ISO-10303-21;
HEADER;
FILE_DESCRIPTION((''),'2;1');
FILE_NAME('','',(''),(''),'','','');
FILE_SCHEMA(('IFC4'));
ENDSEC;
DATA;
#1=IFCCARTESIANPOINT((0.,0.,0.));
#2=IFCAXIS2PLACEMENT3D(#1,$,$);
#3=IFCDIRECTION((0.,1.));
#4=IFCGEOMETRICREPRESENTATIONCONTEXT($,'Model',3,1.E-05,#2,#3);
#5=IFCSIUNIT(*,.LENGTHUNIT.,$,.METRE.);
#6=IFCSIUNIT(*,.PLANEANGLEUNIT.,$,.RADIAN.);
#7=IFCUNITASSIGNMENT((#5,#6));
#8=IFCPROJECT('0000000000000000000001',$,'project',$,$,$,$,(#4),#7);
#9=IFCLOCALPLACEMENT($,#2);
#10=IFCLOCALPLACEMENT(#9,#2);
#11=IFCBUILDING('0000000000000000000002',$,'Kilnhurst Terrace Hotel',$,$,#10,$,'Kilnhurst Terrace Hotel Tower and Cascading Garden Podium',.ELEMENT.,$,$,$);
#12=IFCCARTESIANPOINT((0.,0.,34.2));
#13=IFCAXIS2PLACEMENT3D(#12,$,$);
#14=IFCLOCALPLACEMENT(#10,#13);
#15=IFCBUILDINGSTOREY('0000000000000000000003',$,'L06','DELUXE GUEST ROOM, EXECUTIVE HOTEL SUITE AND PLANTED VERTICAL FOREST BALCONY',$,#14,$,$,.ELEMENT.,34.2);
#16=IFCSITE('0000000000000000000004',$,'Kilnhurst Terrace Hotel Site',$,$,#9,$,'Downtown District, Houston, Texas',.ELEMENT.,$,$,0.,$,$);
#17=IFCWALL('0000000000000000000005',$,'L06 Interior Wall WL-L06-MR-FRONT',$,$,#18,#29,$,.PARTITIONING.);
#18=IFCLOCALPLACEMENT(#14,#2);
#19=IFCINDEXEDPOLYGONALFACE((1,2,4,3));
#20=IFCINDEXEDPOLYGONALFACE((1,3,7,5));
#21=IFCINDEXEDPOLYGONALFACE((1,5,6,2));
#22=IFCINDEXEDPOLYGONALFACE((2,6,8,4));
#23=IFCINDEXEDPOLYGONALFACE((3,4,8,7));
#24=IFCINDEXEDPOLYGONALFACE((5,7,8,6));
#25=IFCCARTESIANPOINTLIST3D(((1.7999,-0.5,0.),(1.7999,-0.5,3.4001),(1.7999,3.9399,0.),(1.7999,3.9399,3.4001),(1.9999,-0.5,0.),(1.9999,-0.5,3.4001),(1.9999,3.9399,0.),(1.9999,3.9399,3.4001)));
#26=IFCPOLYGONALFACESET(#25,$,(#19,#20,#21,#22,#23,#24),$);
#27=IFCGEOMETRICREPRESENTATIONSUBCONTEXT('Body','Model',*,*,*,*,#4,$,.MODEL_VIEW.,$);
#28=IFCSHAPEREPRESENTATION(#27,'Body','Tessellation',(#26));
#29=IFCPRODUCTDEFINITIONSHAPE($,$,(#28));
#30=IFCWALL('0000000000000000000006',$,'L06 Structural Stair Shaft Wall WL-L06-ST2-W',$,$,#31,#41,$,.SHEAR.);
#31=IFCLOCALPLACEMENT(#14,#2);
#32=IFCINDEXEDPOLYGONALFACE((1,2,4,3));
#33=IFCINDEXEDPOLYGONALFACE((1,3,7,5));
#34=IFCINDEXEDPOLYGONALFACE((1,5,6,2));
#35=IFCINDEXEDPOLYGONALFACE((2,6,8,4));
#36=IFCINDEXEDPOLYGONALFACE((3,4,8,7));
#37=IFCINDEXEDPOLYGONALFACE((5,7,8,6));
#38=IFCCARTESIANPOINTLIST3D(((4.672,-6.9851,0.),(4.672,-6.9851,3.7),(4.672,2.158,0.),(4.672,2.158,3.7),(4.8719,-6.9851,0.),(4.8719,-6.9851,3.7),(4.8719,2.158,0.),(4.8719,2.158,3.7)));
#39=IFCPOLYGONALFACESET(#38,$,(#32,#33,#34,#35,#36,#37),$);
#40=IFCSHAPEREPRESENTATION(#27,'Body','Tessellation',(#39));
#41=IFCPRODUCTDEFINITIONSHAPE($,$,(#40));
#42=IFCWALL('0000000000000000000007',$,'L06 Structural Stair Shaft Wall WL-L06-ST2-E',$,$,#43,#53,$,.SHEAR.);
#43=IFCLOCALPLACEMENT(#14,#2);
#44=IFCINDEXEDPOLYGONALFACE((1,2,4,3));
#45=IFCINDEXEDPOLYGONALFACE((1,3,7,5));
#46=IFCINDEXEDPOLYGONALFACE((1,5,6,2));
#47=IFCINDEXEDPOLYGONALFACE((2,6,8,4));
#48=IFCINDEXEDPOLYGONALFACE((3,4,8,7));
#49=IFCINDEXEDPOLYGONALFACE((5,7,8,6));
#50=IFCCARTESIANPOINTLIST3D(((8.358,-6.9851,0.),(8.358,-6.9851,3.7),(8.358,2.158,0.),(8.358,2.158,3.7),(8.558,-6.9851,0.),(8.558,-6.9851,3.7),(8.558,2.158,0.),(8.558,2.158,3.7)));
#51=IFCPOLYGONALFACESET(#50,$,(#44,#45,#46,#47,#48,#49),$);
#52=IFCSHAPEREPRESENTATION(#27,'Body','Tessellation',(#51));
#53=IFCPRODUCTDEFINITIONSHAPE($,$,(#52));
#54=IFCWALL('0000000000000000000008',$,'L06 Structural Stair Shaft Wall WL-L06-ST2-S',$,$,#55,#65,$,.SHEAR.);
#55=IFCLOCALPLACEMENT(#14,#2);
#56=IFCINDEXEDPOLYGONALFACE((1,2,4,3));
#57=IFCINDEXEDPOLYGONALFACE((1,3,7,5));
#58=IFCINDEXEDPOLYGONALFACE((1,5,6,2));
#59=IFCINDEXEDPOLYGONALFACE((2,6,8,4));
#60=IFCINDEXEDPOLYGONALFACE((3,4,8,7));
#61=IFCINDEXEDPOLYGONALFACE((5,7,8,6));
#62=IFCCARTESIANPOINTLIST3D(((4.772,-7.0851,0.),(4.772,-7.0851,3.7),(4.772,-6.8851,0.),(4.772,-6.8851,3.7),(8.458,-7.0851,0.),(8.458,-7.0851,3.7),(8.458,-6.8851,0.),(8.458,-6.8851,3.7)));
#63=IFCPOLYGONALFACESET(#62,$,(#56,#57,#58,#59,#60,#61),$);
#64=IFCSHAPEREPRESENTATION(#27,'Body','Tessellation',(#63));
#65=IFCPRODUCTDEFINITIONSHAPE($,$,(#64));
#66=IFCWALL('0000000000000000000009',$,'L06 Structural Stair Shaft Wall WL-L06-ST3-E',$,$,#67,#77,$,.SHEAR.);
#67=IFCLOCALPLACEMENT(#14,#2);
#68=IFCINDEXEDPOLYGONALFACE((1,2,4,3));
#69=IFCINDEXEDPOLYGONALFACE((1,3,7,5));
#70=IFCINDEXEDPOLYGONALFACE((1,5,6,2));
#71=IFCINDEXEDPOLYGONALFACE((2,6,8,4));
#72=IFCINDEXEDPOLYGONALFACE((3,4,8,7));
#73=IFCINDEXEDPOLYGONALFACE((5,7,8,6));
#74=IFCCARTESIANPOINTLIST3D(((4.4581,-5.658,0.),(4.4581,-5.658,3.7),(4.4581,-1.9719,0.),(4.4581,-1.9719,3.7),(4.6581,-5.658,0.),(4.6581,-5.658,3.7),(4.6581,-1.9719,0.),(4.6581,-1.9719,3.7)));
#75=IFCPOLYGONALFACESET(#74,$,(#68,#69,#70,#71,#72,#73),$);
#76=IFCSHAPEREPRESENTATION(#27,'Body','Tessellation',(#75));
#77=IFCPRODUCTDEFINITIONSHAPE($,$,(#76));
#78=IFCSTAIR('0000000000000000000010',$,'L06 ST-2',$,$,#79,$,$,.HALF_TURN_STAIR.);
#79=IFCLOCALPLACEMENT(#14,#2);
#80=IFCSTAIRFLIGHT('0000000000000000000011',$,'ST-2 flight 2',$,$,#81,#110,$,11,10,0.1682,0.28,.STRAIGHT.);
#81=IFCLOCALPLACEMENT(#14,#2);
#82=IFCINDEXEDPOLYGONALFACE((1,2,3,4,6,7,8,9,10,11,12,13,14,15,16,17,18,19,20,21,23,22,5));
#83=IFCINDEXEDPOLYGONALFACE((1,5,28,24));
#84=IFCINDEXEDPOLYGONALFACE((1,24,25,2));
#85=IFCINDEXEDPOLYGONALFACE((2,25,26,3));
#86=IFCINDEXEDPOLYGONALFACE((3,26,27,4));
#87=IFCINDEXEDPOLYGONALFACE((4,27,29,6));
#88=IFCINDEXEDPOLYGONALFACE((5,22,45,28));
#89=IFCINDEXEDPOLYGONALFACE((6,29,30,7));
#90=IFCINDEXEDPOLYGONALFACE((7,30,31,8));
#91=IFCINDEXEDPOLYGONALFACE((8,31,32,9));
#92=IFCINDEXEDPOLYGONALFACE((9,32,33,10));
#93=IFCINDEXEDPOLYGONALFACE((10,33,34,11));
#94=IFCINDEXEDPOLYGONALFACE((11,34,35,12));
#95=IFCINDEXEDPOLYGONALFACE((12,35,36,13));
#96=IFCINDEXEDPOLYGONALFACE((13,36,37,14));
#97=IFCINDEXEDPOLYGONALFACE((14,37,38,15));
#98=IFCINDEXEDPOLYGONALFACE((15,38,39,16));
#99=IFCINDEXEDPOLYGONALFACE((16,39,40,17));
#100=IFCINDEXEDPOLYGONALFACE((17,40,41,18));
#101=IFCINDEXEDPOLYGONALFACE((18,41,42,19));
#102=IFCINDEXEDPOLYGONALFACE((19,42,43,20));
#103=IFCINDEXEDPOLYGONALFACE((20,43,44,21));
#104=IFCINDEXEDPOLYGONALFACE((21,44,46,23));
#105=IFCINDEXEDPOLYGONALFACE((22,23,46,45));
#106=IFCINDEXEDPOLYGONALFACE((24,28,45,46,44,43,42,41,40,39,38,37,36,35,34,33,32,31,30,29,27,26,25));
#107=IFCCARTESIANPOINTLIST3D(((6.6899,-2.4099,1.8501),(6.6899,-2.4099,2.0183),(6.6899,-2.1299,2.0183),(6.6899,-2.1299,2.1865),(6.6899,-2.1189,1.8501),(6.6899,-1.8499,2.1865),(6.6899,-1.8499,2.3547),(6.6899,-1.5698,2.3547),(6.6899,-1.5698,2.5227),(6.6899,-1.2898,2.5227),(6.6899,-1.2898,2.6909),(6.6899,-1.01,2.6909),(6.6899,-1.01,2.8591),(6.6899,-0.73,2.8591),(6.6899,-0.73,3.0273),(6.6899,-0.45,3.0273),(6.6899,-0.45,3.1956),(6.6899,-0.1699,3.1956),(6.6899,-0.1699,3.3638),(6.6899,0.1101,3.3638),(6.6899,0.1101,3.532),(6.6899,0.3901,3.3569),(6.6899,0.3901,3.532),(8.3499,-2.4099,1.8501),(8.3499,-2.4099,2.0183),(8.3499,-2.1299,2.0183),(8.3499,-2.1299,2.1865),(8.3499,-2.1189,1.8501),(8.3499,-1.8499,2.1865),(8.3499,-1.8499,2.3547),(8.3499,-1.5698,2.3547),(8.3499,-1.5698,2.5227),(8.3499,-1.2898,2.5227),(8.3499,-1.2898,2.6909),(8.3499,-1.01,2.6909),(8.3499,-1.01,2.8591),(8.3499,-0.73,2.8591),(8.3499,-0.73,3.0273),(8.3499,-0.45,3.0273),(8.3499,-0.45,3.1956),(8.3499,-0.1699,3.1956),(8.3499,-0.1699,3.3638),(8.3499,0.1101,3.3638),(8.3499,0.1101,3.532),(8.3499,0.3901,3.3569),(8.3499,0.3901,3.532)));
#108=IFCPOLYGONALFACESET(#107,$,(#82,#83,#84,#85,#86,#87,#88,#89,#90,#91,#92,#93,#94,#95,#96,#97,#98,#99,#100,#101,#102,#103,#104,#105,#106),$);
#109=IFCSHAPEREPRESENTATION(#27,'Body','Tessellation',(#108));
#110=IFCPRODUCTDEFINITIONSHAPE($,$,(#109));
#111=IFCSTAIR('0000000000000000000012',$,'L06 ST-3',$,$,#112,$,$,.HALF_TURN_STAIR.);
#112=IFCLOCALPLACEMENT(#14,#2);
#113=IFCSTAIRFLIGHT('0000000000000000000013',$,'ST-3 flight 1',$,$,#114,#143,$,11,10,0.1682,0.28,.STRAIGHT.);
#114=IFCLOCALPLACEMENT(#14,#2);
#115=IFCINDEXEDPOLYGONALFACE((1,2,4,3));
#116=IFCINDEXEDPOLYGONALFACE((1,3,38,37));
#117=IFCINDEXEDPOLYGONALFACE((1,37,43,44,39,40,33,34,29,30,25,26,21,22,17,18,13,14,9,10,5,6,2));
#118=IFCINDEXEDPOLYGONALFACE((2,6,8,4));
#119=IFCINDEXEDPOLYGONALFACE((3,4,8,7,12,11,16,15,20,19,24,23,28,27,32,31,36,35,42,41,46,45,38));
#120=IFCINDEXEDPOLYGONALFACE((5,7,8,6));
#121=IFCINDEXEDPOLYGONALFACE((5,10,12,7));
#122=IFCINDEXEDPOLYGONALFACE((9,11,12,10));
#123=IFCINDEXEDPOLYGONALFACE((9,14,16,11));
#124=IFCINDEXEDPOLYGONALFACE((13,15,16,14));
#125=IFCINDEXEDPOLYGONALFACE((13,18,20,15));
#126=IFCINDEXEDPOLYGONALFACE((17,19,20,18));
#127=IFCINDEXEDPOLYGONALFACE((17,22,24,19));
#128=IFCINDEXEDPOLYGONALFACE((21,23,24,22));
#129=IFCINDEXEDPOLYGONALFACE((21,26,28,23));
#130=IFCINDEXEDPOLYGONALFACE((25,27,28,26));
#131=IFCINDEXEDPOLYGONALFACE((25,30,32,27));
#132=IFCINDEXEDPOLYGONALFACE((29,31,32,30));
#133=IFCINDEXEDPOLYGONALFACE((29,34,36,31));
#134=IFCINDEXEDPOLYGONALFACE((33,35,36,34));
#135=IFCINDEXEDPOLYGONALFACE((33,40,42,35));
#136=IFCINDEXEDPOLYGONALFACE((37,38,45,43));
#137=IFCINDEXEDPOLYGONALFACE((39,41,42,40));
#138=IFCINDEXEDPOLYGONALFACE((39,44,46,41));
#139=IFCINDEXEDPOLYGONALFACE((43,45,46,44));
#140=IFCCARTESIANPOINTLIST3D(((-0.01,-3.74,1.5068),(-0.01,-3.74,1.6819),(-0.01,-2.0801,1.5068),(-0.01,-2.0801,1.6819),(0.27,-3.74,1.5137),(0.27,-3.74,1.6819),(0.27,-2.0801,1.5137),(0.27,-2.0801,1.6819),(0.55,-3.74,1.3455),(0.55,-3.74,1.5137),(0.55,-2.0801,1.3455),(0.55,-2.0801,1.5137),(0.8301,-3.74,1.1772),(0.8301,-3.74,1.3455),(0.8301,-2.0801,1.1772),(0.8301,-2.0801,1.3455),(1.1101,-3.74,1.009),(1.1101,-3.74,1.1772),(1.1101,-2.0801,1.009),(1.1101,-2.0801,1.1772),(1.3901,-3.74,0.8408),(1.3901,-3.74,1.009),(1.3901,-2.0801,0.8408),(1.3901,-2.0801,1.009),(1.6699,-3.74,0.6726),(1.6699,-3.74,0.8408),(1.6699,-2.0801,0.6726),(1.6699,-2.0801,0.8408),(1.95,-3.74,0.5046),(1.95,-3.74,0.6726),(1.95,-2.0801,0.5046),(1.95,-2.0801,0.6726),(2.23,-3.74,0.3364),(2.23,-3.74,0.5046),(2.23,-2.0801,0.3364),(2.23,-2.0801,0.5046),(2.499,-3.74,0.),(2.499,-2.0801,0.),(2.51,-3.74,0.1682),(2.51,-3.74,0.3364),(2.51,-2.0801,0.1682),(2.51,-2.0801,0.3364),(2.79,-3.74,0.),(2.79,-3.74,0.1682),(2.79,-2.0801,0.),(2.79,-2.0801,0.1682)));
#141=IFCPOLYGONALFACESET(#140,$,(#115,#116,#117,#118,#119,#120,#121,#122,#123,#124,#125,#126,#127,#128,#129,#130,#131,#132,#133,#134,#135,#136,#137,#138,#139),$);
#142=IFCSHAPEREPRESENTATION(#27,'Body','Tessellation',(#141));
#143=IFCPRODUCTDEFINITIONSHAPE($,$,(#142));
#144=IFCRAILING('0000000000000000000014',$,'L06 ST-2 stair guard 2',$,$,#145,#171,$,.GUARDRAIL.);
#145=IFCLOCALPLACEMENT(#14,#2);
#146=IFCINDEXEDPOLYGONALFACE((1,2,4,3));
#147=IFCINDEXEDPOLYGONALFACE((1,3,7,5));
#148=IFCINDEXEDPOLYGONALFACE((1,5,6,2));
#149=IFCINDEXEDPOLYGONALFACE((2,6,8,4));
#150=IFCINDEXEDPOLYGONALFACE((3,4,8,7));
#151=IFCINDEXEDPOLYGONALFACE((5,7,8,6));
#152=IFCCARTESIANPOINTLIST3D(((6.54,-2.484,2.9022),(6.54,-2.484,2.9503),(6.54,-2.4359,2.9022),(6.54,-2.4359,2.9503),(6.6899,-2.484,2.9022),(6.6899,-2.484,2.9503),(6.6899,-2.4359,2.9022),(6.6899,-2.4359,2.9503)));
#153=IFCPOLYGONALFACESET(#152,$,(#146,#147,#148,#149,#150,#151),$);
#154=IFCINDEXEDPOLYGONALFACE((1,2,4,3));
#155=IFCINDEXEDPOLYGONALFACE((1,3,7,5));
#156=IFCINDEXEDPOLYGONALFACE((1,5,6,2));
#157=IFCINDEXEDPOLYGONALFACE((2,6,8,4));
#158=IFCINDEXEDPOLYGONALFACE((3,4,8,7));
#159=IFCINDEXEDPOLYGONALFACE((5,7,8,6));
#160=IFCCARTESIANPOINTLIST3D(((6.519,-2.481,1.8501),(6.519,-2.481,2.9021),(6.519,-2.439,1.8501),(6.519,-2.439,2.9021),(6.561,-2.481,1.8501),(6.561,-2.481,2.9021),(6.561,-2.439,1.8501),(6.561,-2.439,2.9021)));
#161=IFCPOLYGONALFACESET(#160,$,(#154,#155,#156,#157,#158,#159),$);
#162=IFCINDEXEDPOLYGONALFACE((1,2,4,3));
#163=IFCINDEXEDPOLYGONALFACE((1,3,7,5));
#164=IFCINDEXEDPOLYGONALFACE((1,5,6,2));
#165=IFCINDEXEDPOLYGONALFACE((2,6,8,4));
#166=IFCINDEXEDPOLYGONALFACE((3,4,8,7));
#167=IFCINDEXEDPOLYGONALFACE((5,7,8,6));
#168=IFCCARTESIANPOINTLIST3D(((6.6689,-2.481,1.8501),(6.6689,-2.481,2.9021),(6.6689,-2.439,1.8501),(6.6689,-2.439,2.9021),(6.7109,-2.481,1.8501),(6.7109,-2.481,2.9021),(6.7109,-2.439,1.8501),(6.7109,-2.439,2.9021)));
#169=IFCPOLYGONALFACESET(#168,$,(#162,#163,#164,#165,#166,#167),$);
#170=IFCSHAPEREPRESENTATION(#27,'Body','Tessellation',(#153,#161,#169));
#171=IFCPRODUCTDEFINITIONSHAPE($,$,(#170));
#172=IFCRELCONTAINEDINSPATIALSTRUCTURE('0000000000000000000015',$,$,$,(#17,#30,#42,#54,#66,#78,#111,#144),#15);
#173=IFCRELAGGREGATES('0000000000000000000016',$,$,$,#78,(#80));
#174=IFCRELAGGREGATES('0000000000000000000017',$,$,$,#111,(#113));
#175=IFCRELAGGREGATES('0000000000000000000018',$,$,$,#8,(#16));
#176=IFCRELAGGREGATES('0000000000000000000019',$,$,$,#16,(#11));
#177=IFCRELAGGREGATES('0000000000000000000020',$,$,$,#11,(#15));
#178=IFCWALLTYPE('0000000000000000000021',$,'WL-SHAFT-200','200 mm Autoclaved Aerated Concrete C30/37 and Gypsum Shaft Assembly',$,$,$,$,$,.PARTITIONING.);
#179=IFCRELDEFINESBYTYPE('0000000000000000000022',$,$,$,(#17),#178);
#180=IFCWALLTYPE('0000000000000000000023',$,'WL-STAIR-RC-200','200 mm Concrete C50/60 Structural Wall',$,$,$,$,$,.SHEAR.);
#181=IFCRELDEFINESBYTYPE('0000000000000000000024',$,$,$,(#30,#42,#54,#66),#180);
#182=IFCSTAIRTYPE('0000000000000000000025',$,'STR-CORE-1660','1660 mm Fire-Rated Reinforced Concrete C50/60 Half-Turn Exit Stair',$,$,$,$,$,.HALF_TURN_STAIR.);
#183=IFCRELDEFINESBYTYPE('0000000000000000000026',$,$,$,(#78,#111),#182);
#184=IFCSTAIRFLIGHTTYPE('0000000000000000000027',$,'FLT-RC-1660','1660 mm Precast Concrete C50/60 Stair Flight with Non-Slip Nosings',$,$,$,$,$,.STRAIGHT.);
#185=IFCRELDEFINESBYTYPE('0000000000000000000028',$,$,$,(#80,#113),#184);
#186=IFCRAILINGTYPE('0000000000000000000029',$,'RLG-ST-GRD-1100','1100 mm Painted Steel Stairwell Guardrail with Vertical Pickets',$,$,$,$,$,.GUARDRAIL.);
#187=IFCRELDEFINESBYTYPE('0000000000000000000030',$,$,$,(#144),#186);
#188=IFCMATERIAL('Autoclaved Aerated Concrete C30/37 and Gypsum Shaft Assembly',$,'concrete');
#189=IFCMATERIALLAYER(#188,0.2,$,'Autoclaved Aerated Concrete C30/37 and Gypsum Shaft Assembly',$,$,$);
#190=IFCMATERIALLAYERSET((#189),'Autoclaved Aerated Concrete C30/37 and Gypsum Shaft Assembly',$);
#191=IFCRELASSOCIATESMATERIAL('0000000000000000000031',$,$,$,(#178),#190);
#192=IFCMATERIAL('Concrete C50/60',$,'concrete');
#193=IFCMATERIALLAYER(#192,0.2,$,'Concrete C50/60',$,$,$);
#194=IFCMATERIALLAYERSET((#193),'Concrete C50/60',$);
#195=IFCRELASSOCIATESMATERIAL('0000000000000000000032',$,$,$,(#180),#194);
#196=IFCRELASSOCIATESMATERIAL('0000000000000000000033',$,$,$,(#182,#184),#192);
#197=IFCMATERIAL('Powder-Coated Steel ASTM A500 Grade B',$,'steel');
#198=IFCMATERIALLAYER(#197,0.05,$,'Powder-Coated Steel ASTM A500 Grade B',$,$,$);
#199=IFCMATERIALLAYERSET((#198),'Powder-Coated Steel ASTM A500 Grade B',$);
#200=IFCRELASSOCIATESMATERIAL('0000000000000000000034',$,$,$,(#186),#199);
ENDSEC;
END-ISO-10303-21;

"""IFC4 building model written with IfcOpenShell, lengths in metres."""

from ifc_helpers import new_model, si_unit, direction, frame, frame_2d, origin, origin_2d, place, context, subcontext, project, spatial, polyline, rectangle, outline, extrude, material, layer, layer_set, type_object, element, aggregate, save


model = new_model("IFC4")

# Units and contexts
model_context = context("Model", 3, precision=1e-05, world=origin(), true_north=direction((0.0, 1.0)))
body_context = subcontext(model_context, "Body", "Model", "MODEL_VIEW")
ifc_project = project(units=[si_unit("LENGTHUNIT", "METRE"), si_unit("PLANEANGLEUNIT", "RADIAN")], contexts=[model_context])

# Site, building, storey
site_placement = place(None, origin())
site = spatial("IfcSite", under=ifc_project, at=site_placement, Name="Kilnhurst Terrace Hotel Site", LongName="Downtown District, Houston, Texas", CompositionType="ELEMENT", RefElevation=0.0)
building_placement = place(site_placement, origin())
building = spatial("IfcBuilding", under=site, at=building_placement, Name="Kilnhurst Terrace Hotel", LongName="Kilnhurst Terrace Hotel Tower and Cascading Garden Podium", CompositionType="ELEMENT")
storey_placement = place(building_placement, frame((0.0, 0.0, 34.2)))
storey = spatial("IfcBuildingStorey", under=building, at=storey_placement, Name="L06", Description="DELUXE GUEST ROOM, EXECUTIVE HOTEL SUITE AND PLANTED VERTICAL FOREST BALCONY", CompositionType="ELEMENT", Elevation=34.2)

# Shared definitions
ifc_material_1 = material(Name="Concrete C50/60", Category="concrete")

# Walls
ifc_material_2 = material(Name="Autoclaved Aerated Concrete C30/37 and Gypsum Shaft Assembly", Category="concrete")
ifc_layer_1 = layer(ifc_material_2, 0.2, Name="Autoclaved Aerated Concrete C30/37 and Gypsum Shaft Assembly")
ifc_layer_set_1 = layer_set([ifc_layer_1], Name="Autoclaved Aerated Concrete C30/37 and Gypsum Shaft Assembly")
wall_type_1 = type_object("IfcWallType", Name="WL-SHAFT-200", Description="200 mm Autoclaved Aerated Concrete C30/37 and Gypsum Shaft Assembly", PredefinedType="PARTITIONING", material=ifc_layer_set_1)
wall_1_placement = place(storey_placement, frame((1.8999, -0.5, 0.0), z_axis=(0.0, 0.0, 1.0), x_axis=(0.0, 1.0, 0.0)))
element("IfcWall", 1, at=wall_1_placement, inside=storey, type_object=wall_type_1, Name="L06 Interior Wall WL-L06-MR-FRONT", PredefinedType="PARTITIONING", context=body_context, shape_type="SweptSolid", body=[
    extrude(rectangle(XDim=4.4399, YDim=0.2, at=frame_2d((2.22, 0.0))), origin(), (0.0, 0.0, 1.0), 3.4001),
])
ifc_layer_2 = layer(ifc_material_1, 0.2, Name="Concrete C50/60")
ifc_layer_set_2 = layer_set([ifc_layer_2], Name="Concrete C50/60")
wall_type_2 = type_object("IfcWallType", Name="WL-STAIR-RC-200", Description="200 mm Concrete C50/60 Structural Wall", PredefinedType="SHEAR", material=ifc_layer_set_2)
for number, where, z_axis, x_axis, name in (
    (2, (4.772, -6.9851, 0.0), (0.0, 0.0, 1.0), (0.0, 1.0, 0.0), "L06 Structural Stair Shaft Wall WL-L06-ST2-W"),
    (3, (8.458, -6.9851, 0.0), (0.0, 0.0, 1.0), (0.0, 1.0, 0.0), "L06 Structural Stair Shaft Wall WL-L06-ST2-E"),
):
    element("IfcWall", number, at=place(storey_placement, frame(where, z_axis=z_axis, x_axis=x_axis)), inside=storey, type_object=wall_type_2, Name=name, PredefinedType="SHEAR", context=body_context, shape_type="SweptSolid", body=[
        extrude(rectangle(XDim=9.1431, YDim=0.2, at=frame_2d((4.5715, 0.0))), origin(), (0.0, 0.0, 1.0), 3.7),
    ])
for number, where, z_axis, x_axis, name in (
    (4, (4.772, -6.9851, 0.0), (0.0, 0.0, 1.0), (1.0, 0.0, 0.0), "L06 Structural Stair Shaft Wall WL-L06-ST2-S"),
    (5, (4.5581, -5.658, 0.0), (0.0, 0.0, 1.0), (0.0, 1.0, 0.0), "L06 Structural Stair Shaft Wall WL-L06-ST3-E"),
):
    element("IfcWall", number, at=place(storey_placement, frame(where, z_axis=z_axis, x_axis=x_axis)), inside=storey, type_object=wall_type_2, Name=name, PredefinedType="SHEAR", context=body_context, shape_type="SweptSolid", body=[
        extrude(rectangle(XDim=3.686, YDim=0.2, at=frame_2d((1.843, 0.0))), origin(), (0.0, 0.0, 1.0), 3.7),
    ])

# Stairs, stair flights
stair_type = type_object("IfcStairType", Name="STR-CORE-1660", Description="1660 mm Fire-Rated Reinforced Concrete C50/60 Half-Turn Exit Stair", PredefinedType="HALF_TURN_STAIR", material=ifc_material_1)
stair_1_placement = place(storey_placement, origin())
stair_1 = element("IfcStair", 6, at=stair_1_placement, inside=storey, type_object=stair_type, Name="L06 ST-2", PredefinedType="HALF_TURN_STAIR")
stair_flight_type = type_object("IfcStairFlightType", Name="FLT-RC-1660", Description="1660 mm Precast Concrete C50/60 Stair Flight with Non-Slip Nosings", PredefinedType="STRAIGHT", material=ifc_material_1)
stair_flight_1_placement = place(storey_placement, frame((7.52, -2.4099, 1.8501), z_axis=(0.0, 0.0, 1.0), x_axis=(0.0, 1.0, 0.0)))
stair_flight_1 = element("IfcStairFlight", 7, at=stair_flight_1_placement, type_object=stair_flight_type, Name="ST-2 flight 2", NumberOfRisers=11, NumberOfTreads=10, PredefinedType="STRAIGHT", RiserHeight=0.1682, TreadLength=0.28, context=body_context, shape_type="SweptSolid", body=[
    extrude(outline(polyline([(0.0, 0.0), (0.0, 0.1682), (0.28, 0.1682), (0.28, 0.3364), (0.5601, 0.3364), (0.5601, 0.5046), (0.8401, 0.5046), (0.8401, 0.6726), (1.1201, 0.6726), (1.1201, 0.8408), (1.3999, 0.8408), (1.3999, 1.009), (1.6799, 1.009), (1.6799, 1.1772), (1.96, 1.1772), (1.96, 1.3455), (2.24, 1.3455), (2.24, 1.5137), (2.52, 1.5137), (2.52, 1.6819), (2.8, 1.6819), (2.8, 1.8501), (2.8, 1.5068), (0.291, 0.0), (0.0, 0.0)])), frame((0.0, 0.8301, 0.0), z_axis=(0.0, -1.0, 0.0), x_axis=(1.0, 0.0, 0.0)), (0.0, 0.0, 1.0), 1.6599),
])
aggregate(stair_1, [stair_flight_1])
stair_2_placement = place(storey_placement, origin())
stair_2 = element("IfcStair", 8, at=stair_2_placement, inside=storey, type_object=stair_type, Name="L06 ST-3", PredefinedType="HALF_TURN_STAIR")
stair_flight_2_placement = place(storey_placement, frame((2.79, -2.9099, 0.0), z_axis=(0.0, 0.0, 1.0), x_axis=(-1.0, 0.0, 0.0)))
stair_flight_2 = element("IfcStairFlight", 9, at=stair_flight_2_placement, type_object=stair_flight_type, Name="ST-3 flight 1", NumberOfRisers=11, NumberOfTreads=10, PredefinedType="STRAIGHT", RiserHeight=0.1682, TreadLength=0.28, context=body_context, shape_type="SweptSolid", body=[
    extrude(outline(polyline([(0.0, 0.0), (0.0, 0.1682), (0.28, 0.1682), (0.28, 0.3364), (0.5601, 0.3364), (0.5601, 0.5046), (0.8401, 0.5046), (0.8401, 0.6726), (1.1201, 0.6726), (1.1201, 0.8408), (1.3999, 0.8408), (1.3999, 1.009), (1.6799, 1.009), (1.6799, 1.1772), (1.96, 1.1772), (1.96, 1.3455), (2.24, 1.3455), (2.24, 1.5137), (2.52, 1.5137), (2.52, 1.6819), (2.8, 1.6819), (2.8, 1.8501), (2.8, 1.5068), (0.291, 0.0), (0.0, 0.0)])), frame((0.0, 0.8301, 0.0), z_axis=(0.0, -1.0, 0.0), x_axis=(1.0, 0.0, 0.0)), (0.0, 0.0, 1.0), 1.6599),
])
aggregate(stair_2, [stair_flight_2])

# Railing
ifc_material_3 = material(Name="Powder-Coated Steel ASTM A500 Grade B", Category="steel")
ifc_layer_3 = layer(ifc_material_3, 0.05, Name="Powder-Coated Steel ASTM A500 Grade B")
ifc_layer_set_3 = layer_set([ifc_layer_3], Name="Powder-Coated Steel ASTM A500 Grade B")
railing_type_1 = type_object("IfcRailingType", Name="RLG-ST-GRD-1100", Description="1100 mm Painted Steel Stairwell Guardrail with Vertical Pickets", PredefinedType="GUARDRAIL", material=ifc_layer_set_3)
railing_1_placement = place(storey_placement, frame((6.54, -2.46, 1.8501)))
element("IfcRailing", 10, at=railing_1_placement, inside=storey, type_object=railing_type_1, Name="L06 ST-2 stair guard 2", PredefinedType="GUARDRAIL", context=body_context, shape_type="SweptSolid", body=[
    extrude(rectangle(XDim=0.0481, YDim=0.0481, at=origin_2d()), frame((0.0, 0.0, 1.0762), z_axis=(1.0, 0.0, 0.0), x_axis=(0.0, 1.0, 0.0)), (0.0, 0.0, 1.0), 0.1499),
    extrude(rectangle(XDim=0.042, YDim=0.042, at=origin_2d()), origin(), (0.0, 0.0, 1.0), 1.052),
    extrude(rectangle(XDim=0.042, YDim=0.042, at=origin_2d()), frame((0.1499, 0.0, 0.0)), (0.0, 0.0, 1.0), 1.052),
])

save(model, "model.ifc")
